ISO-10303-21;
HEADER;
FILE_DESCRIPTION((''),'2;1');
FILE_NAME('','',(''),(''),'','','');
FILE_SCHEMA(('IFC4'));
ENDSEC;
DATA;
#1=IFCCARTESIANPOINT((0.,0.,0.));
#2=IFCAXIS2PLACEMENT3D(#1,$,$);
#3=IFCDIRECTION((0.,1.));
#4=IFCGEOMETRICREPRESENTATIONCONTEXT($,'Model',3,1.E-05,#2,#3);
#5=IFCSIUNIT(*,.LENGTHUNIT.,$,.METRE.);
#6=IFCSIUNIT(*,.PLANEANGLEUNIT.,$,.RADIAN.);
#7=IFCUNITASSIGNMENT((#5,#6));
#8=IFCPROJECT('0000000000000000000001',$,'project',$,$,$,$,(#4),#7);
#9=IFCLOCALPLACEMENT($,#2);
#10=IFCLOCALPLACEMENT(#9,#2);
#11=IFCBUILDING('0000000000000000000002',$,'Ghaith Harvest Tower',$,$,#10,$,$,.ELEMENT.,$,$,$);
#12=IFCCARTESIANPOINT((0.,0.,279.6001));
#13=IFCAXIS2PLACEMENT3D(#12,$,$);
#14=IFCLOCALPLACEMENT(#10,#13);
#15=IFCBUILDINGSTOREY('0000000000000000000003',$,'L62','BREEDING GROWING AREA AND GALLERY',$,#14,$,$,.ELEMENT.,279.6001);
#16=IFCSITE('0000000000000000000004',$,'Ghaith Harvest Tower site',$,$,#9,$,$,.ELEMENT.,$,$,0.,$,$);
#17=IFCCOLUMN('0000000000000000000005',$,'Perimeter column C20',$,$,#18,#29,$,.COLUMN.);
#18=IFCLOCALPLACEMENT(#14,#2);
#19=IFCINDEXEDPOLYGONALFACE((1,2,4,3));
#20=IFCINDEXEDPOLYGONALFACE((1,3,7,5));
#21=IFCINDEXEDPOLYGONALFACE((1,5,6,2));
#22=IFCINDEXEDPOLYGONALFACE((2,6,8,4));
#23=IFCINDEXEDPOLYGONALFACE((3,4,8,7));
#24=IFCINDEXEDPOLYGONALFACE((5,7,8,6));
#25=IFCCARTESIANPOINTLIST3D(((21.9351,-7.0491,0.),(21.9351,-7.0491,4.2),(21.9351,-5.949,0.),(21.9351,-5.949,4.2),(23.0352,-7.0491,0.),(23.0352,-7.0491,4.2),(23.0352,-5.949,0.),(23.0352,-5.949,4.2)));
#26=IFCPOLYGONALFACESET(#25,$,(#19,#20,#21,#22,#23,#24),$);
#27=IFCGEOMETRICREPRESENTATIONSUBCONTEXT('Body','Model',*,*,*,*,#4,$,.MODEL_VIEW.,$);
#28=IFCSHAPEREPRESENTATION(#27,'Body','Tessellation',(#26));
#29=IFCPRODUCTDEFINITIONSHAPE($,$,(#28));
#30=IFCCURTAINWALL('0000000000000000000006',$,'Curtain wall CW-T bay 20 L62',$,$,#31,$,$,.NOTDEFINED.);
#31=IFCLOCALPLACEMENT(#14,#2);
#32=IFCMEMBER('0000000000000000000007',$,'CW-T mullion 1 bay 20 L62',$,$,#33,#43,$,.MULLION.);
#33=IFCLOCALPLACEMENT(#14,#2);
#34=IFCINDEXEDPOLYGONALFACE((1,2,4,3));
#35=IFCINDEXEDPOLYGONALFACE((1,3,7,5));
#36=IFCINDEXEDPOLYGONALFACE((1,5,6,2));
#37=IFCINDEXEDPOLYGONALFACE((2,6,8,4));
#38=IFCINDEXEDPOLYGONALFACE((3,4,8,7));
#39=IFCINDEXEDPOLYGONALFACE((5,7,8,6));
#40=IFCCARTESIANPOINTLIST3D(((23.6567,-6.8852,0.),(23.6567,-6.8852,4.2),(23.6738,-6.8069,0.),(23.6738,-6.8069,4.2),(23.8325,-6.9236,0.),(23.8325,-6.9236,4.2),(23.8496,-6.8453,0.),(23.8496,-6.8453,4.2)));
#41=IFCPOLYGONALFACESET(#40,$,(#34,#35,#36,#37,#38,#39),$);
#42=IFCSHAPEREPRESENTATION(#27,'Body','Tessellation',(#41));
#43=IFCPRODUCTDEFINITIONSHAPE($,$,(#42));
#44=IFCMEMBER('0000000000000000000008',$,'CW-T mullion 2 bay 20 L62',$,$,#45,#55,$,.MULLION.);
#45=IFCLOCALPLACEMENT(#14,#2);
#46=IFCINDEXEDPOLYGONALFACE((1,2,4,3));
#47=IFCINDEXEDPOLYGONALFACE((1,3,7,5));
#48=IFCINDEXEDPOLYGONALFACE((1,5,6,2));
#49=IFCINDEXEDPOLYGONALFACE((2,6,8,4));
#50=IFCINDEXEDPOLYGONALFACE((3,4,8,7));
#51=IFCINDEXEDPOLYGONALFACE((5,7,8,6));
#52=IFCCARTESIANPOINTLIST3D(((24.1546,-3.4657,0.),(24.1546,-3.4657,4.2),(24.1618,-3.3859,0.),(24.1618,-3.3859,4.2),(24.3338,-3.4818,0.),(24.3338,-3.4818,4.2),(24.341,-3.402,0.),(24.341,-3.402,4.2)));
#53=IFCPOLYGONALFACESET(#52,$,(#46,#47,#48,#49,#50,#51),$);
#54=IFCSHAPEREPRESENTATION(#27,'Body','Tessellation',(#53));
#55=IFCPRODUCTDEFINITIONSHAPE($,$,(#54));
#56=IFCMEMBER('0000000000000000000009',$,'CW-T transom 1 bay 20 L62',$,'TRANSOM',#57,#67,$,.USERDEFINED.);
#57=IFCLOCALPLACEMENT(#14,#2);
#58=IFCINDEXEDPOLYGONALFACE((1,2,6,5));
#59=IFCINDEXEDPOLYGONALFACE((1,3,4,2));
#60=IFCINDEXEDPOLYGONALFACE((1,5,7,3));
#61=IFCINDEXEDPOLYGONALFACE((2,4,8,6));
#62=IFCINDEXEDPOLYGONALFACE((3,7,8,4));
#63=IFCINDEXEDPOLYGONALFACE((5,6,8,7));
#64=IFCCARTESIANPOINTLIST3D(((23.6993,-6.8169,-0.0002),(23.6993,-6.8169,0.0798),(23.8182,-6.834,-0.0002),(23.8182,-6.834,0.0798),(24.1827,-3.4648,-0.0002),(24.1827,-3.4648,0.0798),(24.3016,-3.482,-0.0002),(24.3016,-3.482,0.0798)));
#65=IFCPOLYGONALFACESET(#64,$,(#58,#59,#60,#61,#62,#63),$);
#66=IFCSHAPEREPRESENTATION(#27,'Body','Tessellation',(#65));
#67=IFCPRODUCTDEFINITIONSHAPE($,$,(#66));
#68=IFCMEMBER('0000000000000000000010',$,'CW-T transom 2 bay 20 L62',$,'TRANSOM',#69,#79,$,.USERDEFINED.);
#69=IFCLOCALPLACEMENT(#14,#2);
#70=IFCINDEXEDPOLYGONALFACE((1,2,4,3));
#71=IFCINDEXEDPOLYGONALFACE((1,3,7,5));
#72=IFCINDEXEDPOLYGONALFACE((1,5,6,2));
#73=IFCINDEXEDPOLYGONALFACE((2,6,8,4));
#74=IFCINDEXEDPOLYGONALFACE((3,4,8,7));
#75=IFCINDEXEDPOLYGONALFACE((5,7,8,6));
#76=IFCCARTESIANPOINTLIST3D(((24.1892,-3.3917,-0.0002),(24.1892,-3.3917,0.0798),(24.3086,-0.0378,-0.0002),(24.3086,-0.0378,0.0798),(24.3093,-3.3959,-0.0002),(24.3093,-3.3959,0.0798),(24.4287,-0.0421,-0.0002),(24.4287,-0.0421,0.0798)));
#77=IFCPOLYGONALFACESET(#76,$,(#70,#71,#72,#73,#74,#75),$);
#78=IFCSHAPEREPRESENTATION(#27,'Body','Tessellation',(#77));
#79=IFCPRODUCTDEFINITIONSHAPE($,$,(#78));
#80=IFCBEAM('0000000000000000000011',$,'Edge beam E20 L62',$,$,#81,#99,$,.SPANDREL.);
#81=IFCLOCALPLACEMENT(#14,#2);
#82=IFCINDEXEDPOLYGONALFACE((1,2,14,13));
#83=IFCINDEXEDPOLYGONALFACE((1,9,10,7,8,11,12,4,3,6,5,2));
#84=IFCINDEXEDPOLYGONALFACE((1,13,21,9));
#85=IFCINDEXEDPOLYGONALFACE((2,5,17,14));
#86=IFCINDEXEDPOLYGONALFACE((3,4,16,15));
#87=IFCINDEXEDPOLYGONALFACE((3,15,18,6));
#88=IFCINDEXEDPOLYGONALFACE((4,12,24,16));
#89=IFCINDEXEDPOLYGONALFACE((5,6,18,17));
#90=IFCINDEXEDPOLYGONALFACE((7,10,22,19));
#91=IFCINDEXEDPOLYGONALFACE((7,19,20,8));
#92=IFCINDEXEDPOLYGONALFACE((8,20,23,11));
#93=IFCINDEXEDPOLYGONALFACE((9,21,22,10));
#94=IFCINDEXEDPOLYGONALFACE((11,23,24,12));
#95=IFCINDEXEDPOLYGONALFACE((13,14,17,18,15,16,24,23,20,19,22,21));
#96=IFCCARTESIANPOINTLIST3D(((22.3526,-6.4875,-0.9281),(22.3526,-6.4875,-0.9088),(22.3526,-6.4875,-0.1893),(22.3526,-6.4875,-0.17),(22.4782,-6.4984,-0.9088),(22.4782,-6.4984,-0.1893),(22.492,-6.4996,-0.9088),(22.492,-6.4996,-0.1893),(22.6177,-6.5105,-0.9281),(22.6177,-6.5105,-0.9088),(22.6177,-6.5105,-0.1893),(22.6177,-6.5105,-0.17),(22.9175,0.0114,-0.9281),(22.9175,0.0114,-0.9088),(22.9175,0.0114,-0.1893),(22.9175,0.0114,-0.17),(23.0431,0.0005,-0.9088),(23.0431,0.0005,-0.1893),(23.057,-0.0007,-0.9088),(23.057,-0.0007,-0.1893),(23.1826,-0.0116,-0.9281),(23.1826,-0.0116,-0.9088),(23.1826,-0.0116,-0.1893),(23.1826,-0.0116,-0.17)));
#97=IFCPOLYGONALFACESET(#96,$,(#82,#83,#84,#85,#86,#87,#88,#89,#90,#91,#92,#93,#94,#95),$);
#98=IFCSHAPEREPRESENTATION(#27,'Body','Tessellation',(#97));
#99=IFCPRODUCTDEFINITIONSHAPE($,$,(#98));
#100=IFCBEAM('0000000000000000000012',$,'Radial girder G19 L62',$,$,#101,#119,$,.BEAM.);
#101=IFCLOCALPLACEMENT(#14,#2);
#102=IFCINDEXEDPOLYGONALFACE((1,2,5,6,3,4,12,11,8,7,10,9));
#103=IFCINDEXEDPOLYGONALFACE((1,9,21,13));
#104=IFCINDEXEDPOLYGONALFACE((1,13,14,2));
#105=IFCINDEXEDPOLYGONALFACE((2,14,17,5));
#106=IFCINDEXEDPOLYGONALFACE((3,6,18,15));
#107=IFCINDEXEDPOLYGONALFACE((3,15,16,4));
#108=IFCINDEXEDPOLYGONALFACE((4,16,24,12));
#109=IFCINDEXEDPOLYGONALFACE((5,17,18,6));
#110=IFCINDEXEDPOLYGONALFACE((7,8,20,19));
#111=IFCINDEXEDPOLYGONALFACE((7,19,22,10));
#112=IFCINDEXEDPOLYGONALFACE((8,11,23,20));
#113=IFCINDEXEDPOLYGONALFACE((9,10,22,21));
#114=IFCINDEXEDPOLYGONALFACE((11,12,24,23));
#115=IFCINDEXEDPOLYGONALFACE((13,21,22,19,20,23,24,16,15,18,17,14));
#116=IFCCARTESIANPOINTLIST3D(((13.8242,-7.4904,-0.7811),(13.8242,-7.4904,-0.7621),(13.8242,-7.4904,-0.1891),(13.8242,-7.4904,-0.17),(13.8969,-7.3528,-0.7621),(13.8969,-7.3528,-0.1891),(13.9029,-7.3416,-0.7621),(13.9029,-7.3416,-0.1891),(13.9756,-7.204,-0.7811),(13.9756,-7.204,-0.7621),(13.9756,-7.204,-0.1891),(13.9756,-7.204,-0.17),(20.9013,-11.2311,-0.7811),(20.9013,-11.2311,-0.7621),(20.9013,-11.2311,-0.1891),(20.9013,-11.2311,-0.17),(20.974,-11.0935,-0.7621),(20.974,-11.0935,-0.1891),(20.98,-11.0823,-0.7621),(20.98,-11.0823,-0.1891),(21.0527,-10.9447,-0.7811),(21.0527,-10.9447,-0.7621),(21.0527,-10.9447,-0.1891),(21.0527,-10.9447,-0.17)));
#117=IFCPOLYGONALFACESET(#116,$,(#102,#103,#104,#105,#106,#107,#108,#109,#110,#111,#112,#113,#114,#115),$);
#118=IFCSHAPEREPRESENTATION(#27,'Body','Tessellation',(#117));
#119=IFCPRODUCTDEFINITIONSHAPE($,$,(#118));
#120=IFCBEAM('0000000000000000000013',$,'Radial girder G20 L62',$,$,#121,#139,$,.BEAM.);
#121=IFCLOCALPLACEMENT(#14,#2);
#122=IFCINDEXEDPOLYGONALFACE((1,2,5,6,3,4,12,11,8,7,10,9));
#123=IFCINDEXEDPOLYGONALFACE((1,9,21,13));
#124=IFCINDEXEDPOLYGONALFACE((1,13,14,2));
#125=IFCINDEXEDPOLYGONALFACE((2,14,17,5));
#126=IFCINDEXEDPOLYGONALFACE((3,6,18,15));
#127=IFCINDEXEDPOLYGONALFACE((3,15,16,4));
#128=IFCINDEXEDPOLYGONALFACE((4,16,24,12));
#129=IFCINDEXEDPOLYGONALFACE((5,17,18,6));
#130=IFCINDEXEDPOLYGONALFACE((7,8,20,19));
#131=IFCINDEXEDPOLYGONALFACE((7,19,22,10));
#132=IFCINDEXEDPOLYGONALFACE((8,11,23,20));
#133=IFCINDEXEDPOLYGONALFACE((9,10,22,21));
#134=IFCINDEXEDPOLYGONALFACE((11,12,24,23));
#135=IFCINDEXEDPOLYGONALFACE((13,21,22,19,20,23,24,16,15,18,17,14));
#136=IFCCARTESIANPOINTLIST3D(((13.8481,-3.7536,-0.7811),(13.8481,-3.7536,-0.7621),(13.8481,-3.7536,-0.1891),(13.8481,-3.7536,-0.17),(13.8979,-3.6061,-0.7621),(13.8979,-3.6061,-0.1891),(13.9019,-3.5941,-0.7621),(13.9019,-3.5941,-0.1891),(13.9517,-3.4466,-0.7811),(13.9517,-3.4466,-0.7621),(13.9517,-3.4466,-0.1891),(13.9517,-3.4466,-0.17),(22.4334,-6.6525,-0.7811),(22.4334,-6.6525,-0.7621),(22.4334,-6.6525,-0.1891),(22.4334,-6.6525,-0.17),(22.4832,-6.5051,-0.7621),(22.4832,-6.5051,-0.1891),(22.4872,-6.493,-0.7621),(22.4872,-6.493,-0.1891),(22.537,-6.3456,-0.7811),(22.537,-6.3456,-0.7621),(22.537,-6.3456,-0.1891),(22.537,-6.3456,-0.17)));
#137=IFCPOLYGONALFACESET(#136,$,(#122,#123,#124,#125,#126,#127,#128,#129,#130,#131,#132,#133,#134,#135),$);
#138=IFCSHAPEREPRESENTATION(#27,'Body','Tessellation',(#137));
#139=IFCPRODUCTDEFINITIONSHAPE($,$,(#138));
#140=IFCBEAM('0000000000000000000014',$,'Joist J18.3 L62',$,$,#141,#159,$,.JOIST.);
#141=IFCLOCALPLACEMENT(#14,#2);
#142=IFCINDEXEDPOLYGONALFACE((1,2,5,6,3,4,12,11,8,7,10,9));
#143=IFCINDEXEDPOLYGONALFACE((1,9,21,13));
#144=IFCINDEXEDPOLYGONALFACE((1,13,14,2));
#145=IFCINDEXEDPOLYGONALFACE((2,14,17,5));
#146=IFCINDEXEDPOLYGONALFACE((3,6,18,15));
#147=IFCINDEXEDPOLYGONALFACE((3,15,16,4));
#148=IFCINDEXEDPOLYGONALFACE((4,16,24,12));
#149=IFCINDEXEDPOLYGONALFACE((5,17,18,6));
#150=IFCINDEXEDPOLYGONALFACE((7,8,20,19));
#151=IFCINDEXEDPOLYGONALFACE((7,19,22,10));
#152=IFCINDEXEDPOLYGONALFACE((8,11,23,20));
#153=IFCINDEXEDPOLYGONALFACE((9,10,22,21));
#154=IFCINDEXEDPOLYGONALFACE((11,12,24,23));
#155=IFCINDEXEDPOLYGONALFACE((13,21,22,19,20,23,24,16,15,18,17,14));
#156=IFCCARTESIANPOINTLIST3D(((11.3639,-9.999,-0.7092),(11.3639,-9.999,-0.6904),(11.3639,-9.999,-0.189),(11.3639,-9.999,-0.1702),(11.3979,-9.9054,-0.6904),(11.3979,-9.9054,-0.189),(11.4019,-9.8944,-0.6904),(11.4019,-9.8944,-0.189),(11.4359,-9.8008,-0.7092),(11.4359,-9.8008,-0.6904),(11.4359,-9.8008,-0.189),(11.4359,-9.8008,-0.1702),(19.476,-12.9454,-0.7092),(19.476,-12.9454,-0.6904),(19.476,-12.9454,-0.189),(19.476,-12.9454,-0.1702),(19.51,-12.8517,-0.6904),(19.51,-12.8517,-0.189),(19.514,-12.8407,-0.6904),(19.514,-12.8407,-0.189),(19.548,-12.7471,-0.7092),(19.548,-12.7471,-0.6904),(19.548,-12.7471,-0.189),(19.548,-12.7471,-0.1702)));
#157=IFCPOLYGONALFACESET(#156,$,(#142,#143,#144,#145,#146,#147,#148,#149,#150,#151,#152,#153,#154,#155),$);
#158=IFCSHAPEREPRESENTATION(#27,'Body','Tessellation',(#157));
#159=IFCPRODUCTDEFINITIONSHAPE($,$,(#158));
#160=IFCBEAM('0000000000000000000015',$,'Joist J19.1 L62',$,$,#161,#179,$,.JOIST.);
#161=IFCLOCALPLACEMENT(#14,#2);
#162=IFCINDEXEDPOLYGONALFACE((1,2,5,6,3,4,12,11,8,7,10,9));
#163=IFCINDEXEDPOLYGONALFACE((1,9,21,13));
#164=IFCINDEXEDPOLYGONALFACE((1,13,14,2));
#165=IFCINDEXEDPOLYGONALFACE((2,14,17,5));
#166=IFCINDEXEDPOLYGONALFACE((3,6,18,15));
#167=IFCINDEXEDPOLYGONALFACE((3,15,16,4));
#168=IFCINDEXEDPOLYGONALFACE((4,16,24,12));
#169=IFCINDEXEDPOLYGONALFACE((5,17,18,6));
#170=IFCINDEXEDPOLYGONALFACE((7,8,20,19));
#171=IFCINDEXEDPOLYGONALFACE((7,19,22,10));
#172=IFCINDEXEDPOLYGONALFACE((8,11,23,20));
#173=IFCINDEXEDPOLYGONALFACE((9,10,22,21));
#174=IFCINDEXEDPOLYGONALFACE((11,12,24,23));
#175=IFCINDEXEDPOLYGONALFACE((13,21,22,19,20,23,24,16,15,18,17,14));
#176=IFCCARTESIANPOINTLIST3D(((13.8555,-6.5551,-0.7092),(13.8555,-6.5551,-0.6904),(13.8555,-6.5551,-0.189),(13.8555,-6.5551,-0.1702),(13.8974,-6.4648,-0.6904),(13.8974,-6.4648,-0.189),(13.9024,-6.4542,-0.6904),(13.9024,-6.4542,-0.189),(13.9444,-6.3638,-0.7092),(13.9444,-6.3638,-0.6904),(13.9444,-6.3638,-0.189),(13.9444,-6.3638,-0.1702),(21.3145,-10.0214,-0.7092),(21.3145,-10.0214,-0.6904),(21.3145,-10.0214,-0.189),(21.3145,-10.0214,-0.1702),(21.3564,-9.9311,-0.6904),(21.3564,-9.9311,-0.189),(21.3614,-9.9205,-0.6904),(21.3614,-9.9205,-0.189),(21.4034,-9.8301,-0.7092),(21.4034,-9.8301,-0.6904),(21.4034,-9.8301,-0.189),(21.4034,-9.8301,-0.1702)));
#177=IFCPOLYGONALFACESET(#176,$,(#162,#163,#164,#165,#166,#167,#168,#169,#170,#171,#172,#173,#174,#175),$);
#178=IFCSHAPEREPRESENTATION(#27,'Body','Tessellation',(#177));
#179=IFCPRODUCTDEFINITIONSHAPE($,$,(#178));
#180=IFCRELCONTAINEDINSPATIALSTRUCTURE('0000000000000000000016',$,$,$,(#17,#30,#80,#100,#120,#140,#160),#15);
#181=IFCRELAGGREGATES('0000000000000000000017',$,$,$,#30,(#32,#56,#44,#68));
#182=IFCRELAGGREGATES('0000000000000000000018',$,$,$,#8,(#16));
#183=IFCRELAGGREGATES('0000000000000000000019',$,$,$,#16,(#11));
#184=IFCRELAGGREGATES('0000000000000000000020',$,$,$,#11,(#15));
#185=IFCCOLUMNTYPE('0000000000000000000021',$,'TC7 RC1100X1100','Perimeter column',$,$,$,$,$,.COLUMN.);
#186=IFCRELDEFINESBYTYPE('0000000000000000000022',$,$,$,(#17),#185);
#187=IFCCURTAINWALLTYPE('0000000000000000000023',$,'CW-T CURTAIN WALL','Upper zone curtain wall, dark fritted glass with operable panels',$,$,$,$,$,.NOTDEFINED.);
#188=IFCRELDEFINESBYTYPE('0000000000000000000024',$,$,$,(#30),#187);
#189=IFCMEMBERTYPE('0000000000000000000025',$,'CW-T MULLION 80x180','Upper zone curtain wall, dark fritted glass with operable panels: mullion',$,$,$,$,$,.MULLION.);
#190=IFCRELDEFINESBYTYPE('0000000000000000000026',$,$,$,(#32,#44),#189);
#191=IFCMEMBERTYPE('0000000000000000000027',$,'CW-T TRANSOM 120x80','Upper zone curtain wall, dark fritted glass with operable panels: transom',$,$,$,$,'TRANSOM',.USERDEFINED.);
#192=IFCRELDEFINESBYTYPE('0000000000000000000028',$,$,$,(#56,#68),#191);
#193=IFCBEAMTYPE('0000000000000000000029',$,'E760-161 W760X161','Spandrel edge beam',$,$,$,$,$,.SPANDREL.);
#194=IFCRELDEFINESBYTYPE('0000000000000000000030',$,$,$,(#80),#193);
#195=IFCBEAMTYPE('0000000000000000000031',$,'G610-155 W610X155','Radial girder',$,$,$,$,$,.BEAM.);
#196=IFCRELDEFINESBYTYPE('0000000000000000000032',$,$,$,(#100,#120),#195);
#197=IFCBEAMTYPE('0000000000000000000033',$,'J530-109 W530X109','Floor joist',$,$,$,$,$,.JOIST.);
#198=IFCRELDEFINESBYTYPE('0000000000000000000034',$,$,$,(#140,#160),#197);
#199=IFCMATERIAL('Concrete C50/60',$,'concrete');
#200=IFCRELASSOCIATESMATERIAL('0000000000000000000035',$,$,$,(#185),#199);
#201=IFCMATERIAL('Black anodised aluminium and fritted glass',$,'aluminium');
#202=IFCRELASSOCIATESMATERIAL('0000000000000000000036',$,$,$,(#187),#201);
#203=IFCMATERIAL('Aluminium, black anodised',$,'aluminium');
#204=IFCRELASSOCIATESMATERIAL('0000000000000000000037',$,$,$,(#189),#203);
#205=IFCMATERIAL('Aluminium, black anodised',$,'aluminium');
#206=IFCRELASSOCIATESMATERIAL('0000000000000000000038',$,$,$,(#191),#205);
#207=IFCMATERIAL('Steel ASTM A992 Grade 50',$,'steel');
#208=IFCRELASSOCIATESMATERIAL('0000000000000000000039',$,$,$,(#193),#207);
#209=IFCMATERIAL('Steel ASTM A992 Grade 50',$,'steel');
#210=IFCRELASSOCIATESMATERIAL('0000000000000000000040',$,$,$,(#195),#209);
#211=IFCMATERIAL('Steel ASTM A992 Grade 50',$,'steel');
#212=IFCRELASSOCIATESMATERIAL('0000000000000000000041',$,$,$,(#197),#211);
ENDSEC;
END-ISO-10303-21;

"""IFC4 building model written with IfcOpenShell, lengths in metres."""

from ifc_helpers import new_model, si_unit, direction, frame, origin, origin_2d, place, context, subcontext, project, spatial, rectangle, i_section, extrude, material, material_profile, profile_set, type_object, element, aggregate, save


model = new_model("IFC4")

# Units and contexts
model_context = context("Model", 3, precision=1e-05, world=origin(), true_north=direction((0.0, 1.0)))
body_context = subcontext(model_context, "Body", "Model", "MODEL_VIEW")
ifc_project = project(units=[si_unit("LENGTHUNIT", "METRE"), si_unit("PLANEANGLEUNIT", "RADIAN")], contexts=[model_context])

# Site, building, storey
site_placement = place(None, origin())
site = spatial("IfcSite", under=ifc_project, at=site_placement, Name="Ghaith Harvest Tower site", CompositionType="ELEMENT", RefElevation=0.0)
building_placement = place(site_placement, origin())
building = spatial("IfcBuilding", under=site, at=building_placement, Name="Ghaith Harvest Tower", CompositionType="ELEMENT")
storey_placement = place(building_placement, frame((0.0, 0.0, 279.6001)))
storey = spatial("IfcBuildingStorey", under=building, at=storey_placement, Name="L62", Description="BREEDING GROWING AREA AND GALLERY", CompositionType="ELEMENT", Elevation=279.6001)

# Column
ifc_material_1 = material(Name="Concrete C50/60", Category="concrete")
ifc_material_profile_1 = material_profile(ifc_material_1, rectangle(XDim=1.1001, YDim=1.1001, at=origin_2d()), Name="RC1100X1100")
ifc_profile_set_1 = profile_set([ifc_material_profile_1], Name="Concrete C50/60")
column_type = type_object("IfcColumnType", Name="TC7 RC1100X1100", Description="Perimeter column", PredefinedType="COLUMN", material=ifc_profile_set_1)
column_placement = place(storey_placement, frame((22.4851, -6.499, 0.0), z_axis=(0.0, 0.0, 1.0), x_axis=(1.0, 0.0, 0.0)))
element("IfcColumn", 1, at=column_placement, inside=storey, type_object=column_type, Name="Perimeter column C20", PredefinedType="COLUMN", context=body_context, shape_type="SweptSolid", body=[
    extrude(rectangle(XDim=1.1001, YDim=1.1001, at=origin_2d()), origin(), (0.0, 0.0, 1.0), 4.2),
])

# Curtain wall, members
ifc_material_2 = material(Name="Black anodised aluminium and fritted glass", Category="aluminium")
curtain_wall_type = type_object("IfcCurtainWallType", Name="CW-T CURTAIN WALL", Description="Upper zone curtain wall, dark fritted glass with operable panels", PredefinedType="NOTDEFINED", material=ifc_material_2)
curtain_wall_1_placement = place(storey_placement, origin())
curtain_wall_1 = element("IfcCurtainWall", 2, at=curtain_wall_1_placement, inside=storey, type_object=curtain_wall_type, Name="Curtain wall CW-T bay 20 L62", PredefinedType="NOTDEFINED")
ifc_material_3 = material(Name="Aluminium, black anodised", Category="aluminium")
ifc_material_profile_2 = material_profile(ifc_material_3, rectangle(XDim=0.0801, YDim=0.1799, at=origin_2d()), Name="CW-T MULLION 80x180")
ifc_profile_set_2 = profile_set([ifc_material_profile_2], Name="Aluminium, black anodised")
member_type_1 = type_object("IfcMemberType", Name="CW-T MULLION 80x180", Description="Upper zone curtain wall, dark fritted glass with operable panels: mullion", PredefinedType="MULLION", material=ifc_profile_set_2)
member_1_placement = place(storey_placement, frame((23.7532, -6.8652, 0.0), z_axis=(0.0, 0.0, 1.0), x_axis=(0.213402, 0.976964, 0.0)))
member_1 = element("IfcMember", 3, at=member_1_placement, type_object=member_type_1, Name="CW-T mullion 1 bay 20 L62", PredefinedType="MULLION", context=body_context, shape_type="SweptSolid", body=[
    extrude(rectangle(XDim=0.0801, YDim=0.1799, at=origin_2d()), origin(), (0.0, 0.0, 1.0), 4.2),
])
member_2_placement = place(storey_placement, frame((24.2478, -3.4338, 0.0), z_axis=(0.0, 0.0, 1.0), x_axis=(0.089502, 0.995987, 0.0)))
member_2 = element("IfcMember", 4, at=member_2_placement, type_object=member_type_1, Name="CW-T mullion 2 bay 20 L62", PredefinedType="MULLION", context=body_context, shape_type="SweptSolid", body=[
    extrude(rectangle(XDim=0.0801, YDim=0.1799, at=origin_2d()), origin(), (0.0, 0.0, 1.0), 4.2),
])
ifc_material_4 = material(Name="Aluminium, black anodised", Category="aluminium")
ifc_material_profile_3 = material_profile(ifc_material_4, rectangle(XDim=0.1201, YDim=0.0801, at=origin_2d()), Name="CW-T TRANSOM 120x80")
ifc_profile_set_3 = profile_set([ifc_material_profile_3], Name="Aluminium, black anodised")
member_type_2 = type_object("IfcMemberType", Name="CW-T TRANSOM 120x80", Description="Upper zone curtain wall, dark fritted glass with operable panels: transom", ElementType="TRANSOM", PredefinedType="USERDEFINED", material=ifc_profile_set_3)
member_3_placement = place(storey_placement, frame((23.7588, -6.8254, 0.0398), z_axis=(0.142733, 0.989761, 0.0), x_axis=(-0.989761, 0.142733, 0.0)))
member_3 = element("IfcMember", 5, at=member_3_placement, type_object=member_type_2, Name="CW-T transom 1 bay 20 L62", ObjectType="TRANSOM", PredefinedType="USERDEFINED", context=body_context, shape_type="SweptSolid", body=[
    extrude(rectangle(XDim=0.1201, YDim=0.0801, at=origin_2d()), origin(), (0.0, 0.0, 1.0), 3.3867),
])
member_4_placement = place(storey_placement, frame((24.2493, -3.3938, 0.0398), z_axis=(0.035575, 0.999367, 0.0), x_axis=(-0.999367, 0.035575, 0.0)))
member_4 = element("IfcMember", 6, at=member_4_placement, type_object=member_type_2, Name="CW-T transom 2 bay 20 L62", ObjectType="TRANSOM", PredefinedType="USERDEFINED", context=body_context, shape_type="SweptSolid", body=[
    extrude(rectangle(XDim=0.1201, YDim=0.0801, at=origin_2d()), origin(), (0.0, 0.0, 1.0), 3.356),
])

# Beams
ifc_material_5 = material(Name="Steel ASTM A992 Grade 50", Category="steel")
ifc_material_profile_4 = material_profile(ifc_material_5, i_section(OverallWidth=0.2661, OverallDepth=0.7581, WebThickness=0.0139, FlangeThickness=0.0193, at=origin_2d()), Name="W760X161")
ifc_profile_set_4 = profile_set([ifc_material_profile_4], Name="Steel ASTM A992 Grade 50")
beam_type_1 = type_object("IfcBeamType", Name="E760-161 W760X161", Description="Spandrel edge beam", PredefinedType="SPANDREL", material=ifc_profile_set_4)
beam_1_placement = place(storey_placement, frame((22.4851, -6.499, -0.5491), z_axis=(0.086601, 0.996243, 0.0), x_axis=(-0.996243, 0.086601, 0.0)))
element("IfcBeam", 7, at=beam_1_placement, inside=storey, type_object=beam_type_1, Name="Edge beam E20 L62", PredefinedType="SPANDREL", context=body_context, shape_type="SweptSolid", body=[
    extrude(i_section(OverallWidth=0.2661, OverallDepth=0.7581, WebThickness=0.0139, FlangeThickness=0.0193, at=origin_2d()), origin(), (0.0, 0.0, 1.0), 6.5234),
])
ifc_material_6 = material(Name="Steel ASTM A992 Grade 50", Category="steel")
ifc_material_profile_5 = material_profile(ifc_material_6, i_section(OverallWidth=0.324, OverallDepth=0.6111, WebThickness=0.0127, FlangeThickness=0.019, at=origin_2d()), Name="W610X155")
ifc_profile_set_5 = profile_set([ifc_material_profile_5], Name="Steel ASTM A992 Grade 50")
beam_type_2 = type_object("IfcBeamType", Name="G610-155 W610X155", Description="Radial girder", PredefinedType="BEAM", material=ifc_profile_set_5)
beam_2_placement = place(storey_placement, frame((13.8999, -7.3472, -0.4756), z_axis=(0.884098, -0.467302, 0.0), x_axis=(0.467302, 0.884098, 0.0)))
element("IfcBeam", 8, at=beam_2_placement, inside=storey, type_object=beam_type_2, Name="Radial girder G19 L62", PredefinedType="BEAM", context=body_context, shape_type="SweptSolid", body=[
    extrude(i_section(OverallWidth=0.324, OverallDepth=0.6111, WebThickness=0.0127, FlangeThickness=0.019, at=origin_2d()), origin(), (0.0, 0.0, 1.0), 8.0049),
])
beam_3_placement = place(storey_placement, frame((13.8999, -3.6001, -0.4756), z_axis=(0.947445, -0.319919, 0.0), x_axis=(0.319919, 0.947445, 0.0)))
element("IfcBeam", 9, at=beam_3_placement, inside=storey, type_object=beam_type_2, Name="Radial girder G20 L62", PredefinedType="BEAM", context=body_context, shape_type="SweptSolid", body=[
    extrude(i_section(OverallWidth=0.324, OverallDepth=0.6111, WebThickness=0.0127, FlangeThickness=0.019, at=origin_2d()), origin(), (0.0, 0.0, 1.0), 9.0615),
])
ifc_material_7 = material(Name="Steel ASTM A992 Grade 50", Category="steel")
ifc_material_profile_6 = material_profile(ifc_material_7, i_section(OverallWidth=0.2109, OverallDepth=0.5391, WebThickness=0.0117, FlangeThickness=0.0188, at=origin_2d()), Name="W530X109")
ifc_profile_set_6 = profile_set([ifc_material_profile_6], Name="Steel ASTM A992 Grade 50")
beam_type_3 = type_object("IfcBeamType", Name="J530-109 W530X109", Description="Floor joist", PredefinedType="JOIST", material=ifc_profile_set_6)
beam_4_placement = place(storey_placement, frame((11.3999, -9.8999, -0.4397), z_axis=(0.939926, -0.34138, 0.0), x_axis=(0.34138, 0.939926, 0.0)))
element("IfcBeam", 10, at=beam_4_placement, inside=storey, type_object=beam_type_3, Name="Joist J18.3 L62", PredefinedType="JOIST", context=body_context, shape_type="SweptSolid", body=[
    extrude(i_section(OverallWidth=0.2109, OverallDepth=0.5391, WebThickness=0.0117, FlangeThickness=0.0188, at=origin_2d()), origin(), (0.0, 0.0, 1.0), 8.6306),
])
beam_5_placement = place(storey_placement, frame((13.8999, -6.4595, -0.4397), z_axis=(0.90686, -0.421432, 0.0), x_axis=(0.421432, 0.90686, 0.0)))
element("IfcBeam", 11, at=beam_5_placement, inside=storey, type_object=beam_type_3, Name="Joist J19.1 L62", PredefinedType="JOIST", context=body_context, shape_type="SweptSolid", body=[
    extrude(i_section(OverallWidth=0.2109, OverallDepth=0.5391, WebThickness=0.0117, FlangeThickness=0.0188, at=origin_2d()), origin(), (0.0, 0.0, 1.0), 8.2251),
])

aggregate(curtain_wall_1, [member_1, member_3, member_2, member_4])

save(model, "model.ifc")
